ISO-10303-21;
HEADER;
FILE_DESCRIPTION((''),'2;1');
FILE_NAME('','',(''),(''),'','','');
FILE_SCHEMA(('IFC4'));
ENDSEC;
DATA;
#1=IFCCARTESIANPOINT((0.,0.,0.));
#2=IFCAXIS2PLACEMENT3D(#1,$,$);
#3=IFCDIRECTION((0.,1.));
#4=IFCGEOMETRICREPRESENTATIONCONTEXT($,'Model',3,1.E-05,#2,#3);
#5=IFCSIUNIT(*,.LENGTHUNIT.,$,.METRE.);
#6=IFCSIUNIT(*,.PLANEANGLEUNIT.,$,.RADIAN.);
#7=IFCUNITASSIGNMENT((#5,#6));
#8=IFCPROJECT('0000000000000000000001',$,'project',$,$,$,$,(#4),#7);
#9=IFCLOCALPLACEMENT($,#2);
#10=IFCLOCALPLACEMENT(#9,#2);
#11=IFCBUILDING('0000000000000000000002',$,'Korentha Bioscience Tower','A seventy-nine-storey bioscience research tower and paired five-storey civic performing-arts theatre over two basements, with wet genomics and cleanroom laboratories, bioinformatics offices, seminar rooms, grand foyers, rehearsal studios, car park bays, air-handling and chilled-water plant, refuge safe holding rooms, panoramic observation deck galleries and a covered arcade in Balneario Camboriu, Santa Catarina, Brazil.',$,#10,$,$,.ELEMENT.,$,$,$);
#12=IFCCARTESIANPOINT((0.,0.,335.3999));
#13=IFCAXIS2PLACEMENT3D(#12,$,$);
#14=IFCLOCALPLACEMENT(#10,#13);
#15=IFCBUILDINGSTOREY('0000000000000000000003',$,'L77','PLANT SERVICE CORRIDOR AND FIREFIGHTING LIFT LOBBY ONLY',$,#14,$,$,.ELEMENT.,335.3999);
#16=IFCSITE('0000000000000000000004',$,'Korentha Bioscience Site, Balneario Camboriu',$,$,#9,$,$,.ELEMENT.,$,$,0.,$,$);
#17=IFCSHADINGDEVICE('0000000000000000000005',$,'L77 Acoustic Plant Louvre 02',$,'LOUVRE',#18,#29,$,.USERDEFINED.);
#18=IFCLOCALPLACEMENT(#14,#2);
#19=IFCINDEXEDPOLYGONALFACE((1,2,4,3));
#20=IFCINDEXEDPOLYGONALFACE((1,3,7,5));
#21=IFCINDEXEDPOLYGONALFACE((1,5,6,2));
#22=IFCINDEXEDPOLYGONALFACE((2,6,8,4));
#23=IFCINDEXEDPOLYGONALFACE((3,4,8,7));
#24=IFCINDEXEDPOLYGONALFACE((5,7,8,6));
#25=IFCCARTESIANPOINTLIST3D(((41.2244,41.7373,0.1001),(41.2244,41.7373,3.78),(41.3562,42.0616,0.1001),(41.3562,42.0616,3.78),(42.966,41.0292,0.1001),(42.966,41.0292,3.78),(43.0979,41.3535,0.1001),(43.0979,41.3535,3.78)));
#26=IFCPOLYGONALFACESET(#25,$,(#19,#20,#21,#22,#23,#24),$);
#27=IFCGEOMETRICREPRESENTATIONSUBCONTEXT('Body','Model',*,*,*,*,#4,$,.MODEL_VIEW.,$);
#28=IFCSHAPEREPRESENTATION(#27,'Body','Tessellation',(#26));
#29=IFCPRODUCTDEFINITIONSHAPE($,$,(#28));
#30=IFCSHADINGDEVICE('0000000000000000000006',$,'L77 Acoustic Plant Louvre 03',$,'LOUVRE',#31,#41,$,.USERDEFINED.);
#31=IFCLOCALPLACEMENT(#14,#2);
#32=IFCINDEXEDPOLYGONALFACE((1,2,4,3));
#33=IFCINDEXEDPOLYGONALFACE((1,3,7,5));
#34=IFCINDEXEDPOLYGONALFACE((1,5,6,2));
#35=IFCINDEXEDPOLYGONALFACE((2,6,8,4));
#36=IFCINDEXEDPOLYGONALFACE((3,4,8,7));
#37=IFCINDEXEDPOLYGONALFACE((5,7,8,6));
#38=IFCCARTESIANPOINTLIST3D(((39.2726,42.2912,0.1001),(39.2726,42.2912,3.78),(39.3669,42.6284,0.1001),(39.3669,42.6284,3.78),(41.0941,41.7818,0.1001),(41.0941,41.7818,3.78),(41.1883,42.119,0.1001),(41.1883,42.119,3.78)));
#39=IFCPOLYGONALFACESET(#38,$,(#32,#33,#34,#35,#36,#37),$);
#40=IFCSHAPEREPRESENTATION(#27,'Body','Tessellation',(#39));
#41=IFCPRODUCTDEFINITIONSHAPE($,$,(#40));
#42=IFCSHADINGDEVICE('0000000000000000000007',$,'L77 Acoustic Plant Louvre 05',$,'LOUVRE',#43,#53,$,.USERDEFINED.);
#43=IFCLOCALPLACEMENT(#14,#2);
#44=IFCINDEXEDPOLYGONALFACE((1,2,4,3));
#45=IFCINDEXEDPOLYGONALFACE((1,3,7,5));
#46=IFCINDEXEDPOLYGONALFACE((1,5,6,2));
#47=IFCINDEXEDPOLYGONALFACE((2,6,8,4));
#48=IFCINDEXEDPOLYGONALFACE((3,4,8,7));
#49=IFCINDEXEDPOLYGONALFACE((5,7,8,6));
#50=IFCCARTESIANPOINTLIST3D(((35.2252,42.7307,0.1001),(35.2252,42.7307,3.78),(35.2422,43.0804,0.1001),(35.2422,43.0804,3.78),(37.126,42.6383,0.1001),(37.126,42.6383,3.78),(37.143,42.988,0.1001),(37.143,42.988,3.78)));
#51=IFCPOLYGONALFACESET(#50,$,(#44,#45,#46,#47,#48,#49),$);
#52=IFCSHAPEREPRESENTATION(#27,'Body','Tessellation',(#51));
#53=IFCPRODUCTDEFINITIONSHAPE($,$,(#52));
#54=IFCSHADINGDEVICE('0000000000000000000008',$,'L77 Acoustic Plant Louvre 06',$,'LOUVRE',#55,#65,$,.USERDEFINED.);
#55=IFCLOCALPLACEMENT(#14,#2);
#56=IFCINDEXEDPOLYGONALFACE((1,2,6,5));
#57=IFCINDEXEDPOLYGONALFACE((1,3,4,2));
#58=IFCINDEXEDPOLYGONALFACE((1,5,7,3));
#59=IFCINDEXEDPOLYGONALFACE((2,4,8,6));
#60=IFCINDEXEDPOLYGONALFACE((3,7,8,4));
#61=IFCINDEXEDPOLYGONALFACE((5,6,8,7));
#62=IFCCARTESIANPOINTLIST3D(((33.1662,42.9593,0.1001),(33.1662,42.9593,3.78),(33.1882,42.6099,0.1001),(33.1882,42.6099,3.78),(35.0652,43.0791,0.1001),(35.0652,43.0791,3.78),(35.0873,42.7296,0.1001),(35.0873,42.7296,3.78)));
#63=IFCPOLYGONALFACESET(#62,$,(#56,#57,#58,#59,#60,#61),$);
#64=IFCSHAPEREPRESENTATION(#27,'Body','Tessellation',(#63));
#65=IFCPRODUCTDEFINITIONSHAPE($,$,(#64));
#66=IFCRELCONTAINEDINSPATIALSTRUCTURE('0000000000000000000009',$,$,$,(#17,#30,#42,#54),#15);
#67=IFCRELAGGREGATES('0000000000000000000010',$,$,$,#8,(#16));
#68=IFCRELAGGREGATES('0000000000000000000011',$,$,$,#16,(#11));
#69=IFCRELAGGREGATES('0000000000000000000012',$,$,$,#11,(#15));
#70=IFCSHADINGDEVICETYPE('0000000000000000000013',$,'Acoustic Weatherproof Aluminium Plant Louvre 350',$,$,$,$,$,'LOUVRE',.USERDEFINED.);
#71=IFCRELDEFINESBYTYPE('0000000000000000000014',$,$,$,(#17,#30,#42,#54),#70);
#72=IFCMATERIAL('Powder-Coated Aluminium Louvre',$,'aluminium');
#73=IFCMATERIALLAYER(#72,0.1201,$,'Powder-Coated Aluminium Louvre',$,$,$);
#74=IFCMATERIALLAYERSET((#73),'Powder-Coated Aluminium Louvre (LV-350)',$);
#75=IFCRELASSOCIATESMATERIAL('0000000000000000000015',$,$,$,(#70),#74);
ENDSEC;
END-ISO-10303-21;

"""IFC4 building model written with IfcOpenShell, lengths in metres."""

from ifc_helpers import new_model, si_unit, direction, frame, origin, origin_2d, place, context, subcontext, project, spatial, rectangle, extrude, material, layer, layer_set, type_object, element, save


model = new_model("IFC4")

# Units and contexts
model_context = context("Model", 3, precision=1e-05, world=origin(), true_north=direction((0.0, 1.0)))
body_context = subcontext(model_context, "Body", "Model", "MODEL_VIEW")
ifc_project = project(units=[si_unit("LENGTHUNIT", "METRE"), si_unit("PLANEANGLEUNIT", "RADIAN")], contexts=[model_context])

# Site, building, storey
site_placement = place(None, origin())
site = spatial("IfcSite", under=ifc_project, at=site_placement, Name="Korentha Bioscience Site, Balneario Camboriu", CompositionType="ELEMENT", RefElevation=0.0)
building_placement = place(site_placement, origin())
building = spatial("IfcBuilding", under=site, at=building_placement, Name="Korentha Bioscience Tower", Description="A seventy-nine-storey bioscience research tower and paired five-storey civic performing-arts theatre over two basements, with wet genomics and cleanroom laboratories, bioinformatics offices, seminar rooms, grand foyers, rehearsal studios, car park bays, air-handling and chilled-water plant, refuge safe holding rooms, panoramic observation deck galleries and a covered arcade in Balneario Camboriu, Santa Catarina, Brazil.", CompositionType="ELEMENT")
storey_placement = place(building_placement, frame((0.0, 0.0, 335.3999)))
storey = spatial("IfcBuildingStorey", under=building, at=storey_placement, Name="L77", Description="PLANT SERVICE CORRIDOR AND FIREFIGHTING LIFT LOBBY ONLY", CompositionType="ELEMENT", Elevation=335.3999)

# Shading devices
ifc_material_1 = material(Name="Powder-Coated Aluminium Louvre", Category="aluminium")
ifc_layer_1 = layer(ifc_material_1, 0.1201, Name="Powder-Coated Aluminium Louvre")
ifc_layer_set_1 = layer_set([ifc_layer_1], Name="Powder-Coated Aluminium Louvre (LV-350)")
shading_device_type = type_object("IfcShadingDeviceType", Name="Acoustic Weatherproof Aluminium Plant Louvre 350", ElementType="LOUVRE", PredefinedType="USERDEFINED", material=ifc_layer_set_1)
shading_device_1_placement = place(storey_placement, frame((42.1611, 41.5454, 0.1001), z_axis=(0.0, 0.0, 1.0), x_axis=(-0.926359, 0.376641, 0.0)))
element("IfcShadingDevice", 1, at=shading_device_1_placement, inside=storey, type_object=shading_device_type, Name="L77 Acoustic Plant Louvre 02", ObjectType="LOUVRE", PredefinedType="USERDEFINED", context=body_context, shape_type="SweptSolid", body=[
    extrude(rectangle(XDim=1.8801, YDim=0.3501, at=origin_2d()), origin(), (0.0, 0.0, 1.0), 3.6799),
])
shading_device_2_placement = place(storey_placement, frame((40.2305, 42.2051, 0.1001), z_axis=(0.0, 0.0, 1.0), x_axis=(-0.963049, 0.269328, 0.0)))
element("IfcShadingDevice", 2, at=shading_device_2_placement, inside=storey, type_object=shading_device_type, Name="L77 Acoustic Plant Louvre 03", ObjectType="LOUVRE", PredefinedType="USERDEFINED", context=body_context, shape_type="SweptSolid", body=[
    extrude(rectangle(XDim=1.8914, YDim=0.3501, at=origin_2d()), origin(), (0.0, 0.0, 1.0), 3.6799),
])
shading_device_3_placement = place(storey_placement, frame((36.1841, 42.8594, 0.1001), z_axis=(0.0, 0.0, 1.0), x_axis=(-0.99882, 0.048569, 0.0)))
element("IfcShadingDevice", 3, at=shading_device_3_placement, inside=storey, type_object=shading_device_type, Name="L77 Acoustic Plant Louvre 05", ObjectType="LOUVRE", PredefinedType="USERDEFINED", context=body_context, shape_type="SweptSolid", body=[
    extrude(rectangle(XDim=1.9031, YDim=0.3501, at=origin_2d()), origin(), (0.0, 0.0, 1.0), 3.6799),
])
shading_device_4_placement = place(storey_placement, frame((34.1267, 42.8445, 0.1001), z_axis=(0.0, 0.0, 1.0), x_axis=(-0.998018, -0.062925, 0.0)))
element("IfcShadingDevice", 4, at=shading_device_4_placement, inside=storey, type_object=shading_device_type, Name="L77 Acoustic Plant Louvre 06", ObjectType="LOUVRE", PredefinedType="USERDEFINED", context=body_context, shape_type="SweptSolid", body=[
    extrude(rectangle(XDim=1.9028, YDim=0.3501, at=origin_2d()), origin(), (0.0, 0.0, 1.0), 3.6799),
])

save(model, "model.ifc")
